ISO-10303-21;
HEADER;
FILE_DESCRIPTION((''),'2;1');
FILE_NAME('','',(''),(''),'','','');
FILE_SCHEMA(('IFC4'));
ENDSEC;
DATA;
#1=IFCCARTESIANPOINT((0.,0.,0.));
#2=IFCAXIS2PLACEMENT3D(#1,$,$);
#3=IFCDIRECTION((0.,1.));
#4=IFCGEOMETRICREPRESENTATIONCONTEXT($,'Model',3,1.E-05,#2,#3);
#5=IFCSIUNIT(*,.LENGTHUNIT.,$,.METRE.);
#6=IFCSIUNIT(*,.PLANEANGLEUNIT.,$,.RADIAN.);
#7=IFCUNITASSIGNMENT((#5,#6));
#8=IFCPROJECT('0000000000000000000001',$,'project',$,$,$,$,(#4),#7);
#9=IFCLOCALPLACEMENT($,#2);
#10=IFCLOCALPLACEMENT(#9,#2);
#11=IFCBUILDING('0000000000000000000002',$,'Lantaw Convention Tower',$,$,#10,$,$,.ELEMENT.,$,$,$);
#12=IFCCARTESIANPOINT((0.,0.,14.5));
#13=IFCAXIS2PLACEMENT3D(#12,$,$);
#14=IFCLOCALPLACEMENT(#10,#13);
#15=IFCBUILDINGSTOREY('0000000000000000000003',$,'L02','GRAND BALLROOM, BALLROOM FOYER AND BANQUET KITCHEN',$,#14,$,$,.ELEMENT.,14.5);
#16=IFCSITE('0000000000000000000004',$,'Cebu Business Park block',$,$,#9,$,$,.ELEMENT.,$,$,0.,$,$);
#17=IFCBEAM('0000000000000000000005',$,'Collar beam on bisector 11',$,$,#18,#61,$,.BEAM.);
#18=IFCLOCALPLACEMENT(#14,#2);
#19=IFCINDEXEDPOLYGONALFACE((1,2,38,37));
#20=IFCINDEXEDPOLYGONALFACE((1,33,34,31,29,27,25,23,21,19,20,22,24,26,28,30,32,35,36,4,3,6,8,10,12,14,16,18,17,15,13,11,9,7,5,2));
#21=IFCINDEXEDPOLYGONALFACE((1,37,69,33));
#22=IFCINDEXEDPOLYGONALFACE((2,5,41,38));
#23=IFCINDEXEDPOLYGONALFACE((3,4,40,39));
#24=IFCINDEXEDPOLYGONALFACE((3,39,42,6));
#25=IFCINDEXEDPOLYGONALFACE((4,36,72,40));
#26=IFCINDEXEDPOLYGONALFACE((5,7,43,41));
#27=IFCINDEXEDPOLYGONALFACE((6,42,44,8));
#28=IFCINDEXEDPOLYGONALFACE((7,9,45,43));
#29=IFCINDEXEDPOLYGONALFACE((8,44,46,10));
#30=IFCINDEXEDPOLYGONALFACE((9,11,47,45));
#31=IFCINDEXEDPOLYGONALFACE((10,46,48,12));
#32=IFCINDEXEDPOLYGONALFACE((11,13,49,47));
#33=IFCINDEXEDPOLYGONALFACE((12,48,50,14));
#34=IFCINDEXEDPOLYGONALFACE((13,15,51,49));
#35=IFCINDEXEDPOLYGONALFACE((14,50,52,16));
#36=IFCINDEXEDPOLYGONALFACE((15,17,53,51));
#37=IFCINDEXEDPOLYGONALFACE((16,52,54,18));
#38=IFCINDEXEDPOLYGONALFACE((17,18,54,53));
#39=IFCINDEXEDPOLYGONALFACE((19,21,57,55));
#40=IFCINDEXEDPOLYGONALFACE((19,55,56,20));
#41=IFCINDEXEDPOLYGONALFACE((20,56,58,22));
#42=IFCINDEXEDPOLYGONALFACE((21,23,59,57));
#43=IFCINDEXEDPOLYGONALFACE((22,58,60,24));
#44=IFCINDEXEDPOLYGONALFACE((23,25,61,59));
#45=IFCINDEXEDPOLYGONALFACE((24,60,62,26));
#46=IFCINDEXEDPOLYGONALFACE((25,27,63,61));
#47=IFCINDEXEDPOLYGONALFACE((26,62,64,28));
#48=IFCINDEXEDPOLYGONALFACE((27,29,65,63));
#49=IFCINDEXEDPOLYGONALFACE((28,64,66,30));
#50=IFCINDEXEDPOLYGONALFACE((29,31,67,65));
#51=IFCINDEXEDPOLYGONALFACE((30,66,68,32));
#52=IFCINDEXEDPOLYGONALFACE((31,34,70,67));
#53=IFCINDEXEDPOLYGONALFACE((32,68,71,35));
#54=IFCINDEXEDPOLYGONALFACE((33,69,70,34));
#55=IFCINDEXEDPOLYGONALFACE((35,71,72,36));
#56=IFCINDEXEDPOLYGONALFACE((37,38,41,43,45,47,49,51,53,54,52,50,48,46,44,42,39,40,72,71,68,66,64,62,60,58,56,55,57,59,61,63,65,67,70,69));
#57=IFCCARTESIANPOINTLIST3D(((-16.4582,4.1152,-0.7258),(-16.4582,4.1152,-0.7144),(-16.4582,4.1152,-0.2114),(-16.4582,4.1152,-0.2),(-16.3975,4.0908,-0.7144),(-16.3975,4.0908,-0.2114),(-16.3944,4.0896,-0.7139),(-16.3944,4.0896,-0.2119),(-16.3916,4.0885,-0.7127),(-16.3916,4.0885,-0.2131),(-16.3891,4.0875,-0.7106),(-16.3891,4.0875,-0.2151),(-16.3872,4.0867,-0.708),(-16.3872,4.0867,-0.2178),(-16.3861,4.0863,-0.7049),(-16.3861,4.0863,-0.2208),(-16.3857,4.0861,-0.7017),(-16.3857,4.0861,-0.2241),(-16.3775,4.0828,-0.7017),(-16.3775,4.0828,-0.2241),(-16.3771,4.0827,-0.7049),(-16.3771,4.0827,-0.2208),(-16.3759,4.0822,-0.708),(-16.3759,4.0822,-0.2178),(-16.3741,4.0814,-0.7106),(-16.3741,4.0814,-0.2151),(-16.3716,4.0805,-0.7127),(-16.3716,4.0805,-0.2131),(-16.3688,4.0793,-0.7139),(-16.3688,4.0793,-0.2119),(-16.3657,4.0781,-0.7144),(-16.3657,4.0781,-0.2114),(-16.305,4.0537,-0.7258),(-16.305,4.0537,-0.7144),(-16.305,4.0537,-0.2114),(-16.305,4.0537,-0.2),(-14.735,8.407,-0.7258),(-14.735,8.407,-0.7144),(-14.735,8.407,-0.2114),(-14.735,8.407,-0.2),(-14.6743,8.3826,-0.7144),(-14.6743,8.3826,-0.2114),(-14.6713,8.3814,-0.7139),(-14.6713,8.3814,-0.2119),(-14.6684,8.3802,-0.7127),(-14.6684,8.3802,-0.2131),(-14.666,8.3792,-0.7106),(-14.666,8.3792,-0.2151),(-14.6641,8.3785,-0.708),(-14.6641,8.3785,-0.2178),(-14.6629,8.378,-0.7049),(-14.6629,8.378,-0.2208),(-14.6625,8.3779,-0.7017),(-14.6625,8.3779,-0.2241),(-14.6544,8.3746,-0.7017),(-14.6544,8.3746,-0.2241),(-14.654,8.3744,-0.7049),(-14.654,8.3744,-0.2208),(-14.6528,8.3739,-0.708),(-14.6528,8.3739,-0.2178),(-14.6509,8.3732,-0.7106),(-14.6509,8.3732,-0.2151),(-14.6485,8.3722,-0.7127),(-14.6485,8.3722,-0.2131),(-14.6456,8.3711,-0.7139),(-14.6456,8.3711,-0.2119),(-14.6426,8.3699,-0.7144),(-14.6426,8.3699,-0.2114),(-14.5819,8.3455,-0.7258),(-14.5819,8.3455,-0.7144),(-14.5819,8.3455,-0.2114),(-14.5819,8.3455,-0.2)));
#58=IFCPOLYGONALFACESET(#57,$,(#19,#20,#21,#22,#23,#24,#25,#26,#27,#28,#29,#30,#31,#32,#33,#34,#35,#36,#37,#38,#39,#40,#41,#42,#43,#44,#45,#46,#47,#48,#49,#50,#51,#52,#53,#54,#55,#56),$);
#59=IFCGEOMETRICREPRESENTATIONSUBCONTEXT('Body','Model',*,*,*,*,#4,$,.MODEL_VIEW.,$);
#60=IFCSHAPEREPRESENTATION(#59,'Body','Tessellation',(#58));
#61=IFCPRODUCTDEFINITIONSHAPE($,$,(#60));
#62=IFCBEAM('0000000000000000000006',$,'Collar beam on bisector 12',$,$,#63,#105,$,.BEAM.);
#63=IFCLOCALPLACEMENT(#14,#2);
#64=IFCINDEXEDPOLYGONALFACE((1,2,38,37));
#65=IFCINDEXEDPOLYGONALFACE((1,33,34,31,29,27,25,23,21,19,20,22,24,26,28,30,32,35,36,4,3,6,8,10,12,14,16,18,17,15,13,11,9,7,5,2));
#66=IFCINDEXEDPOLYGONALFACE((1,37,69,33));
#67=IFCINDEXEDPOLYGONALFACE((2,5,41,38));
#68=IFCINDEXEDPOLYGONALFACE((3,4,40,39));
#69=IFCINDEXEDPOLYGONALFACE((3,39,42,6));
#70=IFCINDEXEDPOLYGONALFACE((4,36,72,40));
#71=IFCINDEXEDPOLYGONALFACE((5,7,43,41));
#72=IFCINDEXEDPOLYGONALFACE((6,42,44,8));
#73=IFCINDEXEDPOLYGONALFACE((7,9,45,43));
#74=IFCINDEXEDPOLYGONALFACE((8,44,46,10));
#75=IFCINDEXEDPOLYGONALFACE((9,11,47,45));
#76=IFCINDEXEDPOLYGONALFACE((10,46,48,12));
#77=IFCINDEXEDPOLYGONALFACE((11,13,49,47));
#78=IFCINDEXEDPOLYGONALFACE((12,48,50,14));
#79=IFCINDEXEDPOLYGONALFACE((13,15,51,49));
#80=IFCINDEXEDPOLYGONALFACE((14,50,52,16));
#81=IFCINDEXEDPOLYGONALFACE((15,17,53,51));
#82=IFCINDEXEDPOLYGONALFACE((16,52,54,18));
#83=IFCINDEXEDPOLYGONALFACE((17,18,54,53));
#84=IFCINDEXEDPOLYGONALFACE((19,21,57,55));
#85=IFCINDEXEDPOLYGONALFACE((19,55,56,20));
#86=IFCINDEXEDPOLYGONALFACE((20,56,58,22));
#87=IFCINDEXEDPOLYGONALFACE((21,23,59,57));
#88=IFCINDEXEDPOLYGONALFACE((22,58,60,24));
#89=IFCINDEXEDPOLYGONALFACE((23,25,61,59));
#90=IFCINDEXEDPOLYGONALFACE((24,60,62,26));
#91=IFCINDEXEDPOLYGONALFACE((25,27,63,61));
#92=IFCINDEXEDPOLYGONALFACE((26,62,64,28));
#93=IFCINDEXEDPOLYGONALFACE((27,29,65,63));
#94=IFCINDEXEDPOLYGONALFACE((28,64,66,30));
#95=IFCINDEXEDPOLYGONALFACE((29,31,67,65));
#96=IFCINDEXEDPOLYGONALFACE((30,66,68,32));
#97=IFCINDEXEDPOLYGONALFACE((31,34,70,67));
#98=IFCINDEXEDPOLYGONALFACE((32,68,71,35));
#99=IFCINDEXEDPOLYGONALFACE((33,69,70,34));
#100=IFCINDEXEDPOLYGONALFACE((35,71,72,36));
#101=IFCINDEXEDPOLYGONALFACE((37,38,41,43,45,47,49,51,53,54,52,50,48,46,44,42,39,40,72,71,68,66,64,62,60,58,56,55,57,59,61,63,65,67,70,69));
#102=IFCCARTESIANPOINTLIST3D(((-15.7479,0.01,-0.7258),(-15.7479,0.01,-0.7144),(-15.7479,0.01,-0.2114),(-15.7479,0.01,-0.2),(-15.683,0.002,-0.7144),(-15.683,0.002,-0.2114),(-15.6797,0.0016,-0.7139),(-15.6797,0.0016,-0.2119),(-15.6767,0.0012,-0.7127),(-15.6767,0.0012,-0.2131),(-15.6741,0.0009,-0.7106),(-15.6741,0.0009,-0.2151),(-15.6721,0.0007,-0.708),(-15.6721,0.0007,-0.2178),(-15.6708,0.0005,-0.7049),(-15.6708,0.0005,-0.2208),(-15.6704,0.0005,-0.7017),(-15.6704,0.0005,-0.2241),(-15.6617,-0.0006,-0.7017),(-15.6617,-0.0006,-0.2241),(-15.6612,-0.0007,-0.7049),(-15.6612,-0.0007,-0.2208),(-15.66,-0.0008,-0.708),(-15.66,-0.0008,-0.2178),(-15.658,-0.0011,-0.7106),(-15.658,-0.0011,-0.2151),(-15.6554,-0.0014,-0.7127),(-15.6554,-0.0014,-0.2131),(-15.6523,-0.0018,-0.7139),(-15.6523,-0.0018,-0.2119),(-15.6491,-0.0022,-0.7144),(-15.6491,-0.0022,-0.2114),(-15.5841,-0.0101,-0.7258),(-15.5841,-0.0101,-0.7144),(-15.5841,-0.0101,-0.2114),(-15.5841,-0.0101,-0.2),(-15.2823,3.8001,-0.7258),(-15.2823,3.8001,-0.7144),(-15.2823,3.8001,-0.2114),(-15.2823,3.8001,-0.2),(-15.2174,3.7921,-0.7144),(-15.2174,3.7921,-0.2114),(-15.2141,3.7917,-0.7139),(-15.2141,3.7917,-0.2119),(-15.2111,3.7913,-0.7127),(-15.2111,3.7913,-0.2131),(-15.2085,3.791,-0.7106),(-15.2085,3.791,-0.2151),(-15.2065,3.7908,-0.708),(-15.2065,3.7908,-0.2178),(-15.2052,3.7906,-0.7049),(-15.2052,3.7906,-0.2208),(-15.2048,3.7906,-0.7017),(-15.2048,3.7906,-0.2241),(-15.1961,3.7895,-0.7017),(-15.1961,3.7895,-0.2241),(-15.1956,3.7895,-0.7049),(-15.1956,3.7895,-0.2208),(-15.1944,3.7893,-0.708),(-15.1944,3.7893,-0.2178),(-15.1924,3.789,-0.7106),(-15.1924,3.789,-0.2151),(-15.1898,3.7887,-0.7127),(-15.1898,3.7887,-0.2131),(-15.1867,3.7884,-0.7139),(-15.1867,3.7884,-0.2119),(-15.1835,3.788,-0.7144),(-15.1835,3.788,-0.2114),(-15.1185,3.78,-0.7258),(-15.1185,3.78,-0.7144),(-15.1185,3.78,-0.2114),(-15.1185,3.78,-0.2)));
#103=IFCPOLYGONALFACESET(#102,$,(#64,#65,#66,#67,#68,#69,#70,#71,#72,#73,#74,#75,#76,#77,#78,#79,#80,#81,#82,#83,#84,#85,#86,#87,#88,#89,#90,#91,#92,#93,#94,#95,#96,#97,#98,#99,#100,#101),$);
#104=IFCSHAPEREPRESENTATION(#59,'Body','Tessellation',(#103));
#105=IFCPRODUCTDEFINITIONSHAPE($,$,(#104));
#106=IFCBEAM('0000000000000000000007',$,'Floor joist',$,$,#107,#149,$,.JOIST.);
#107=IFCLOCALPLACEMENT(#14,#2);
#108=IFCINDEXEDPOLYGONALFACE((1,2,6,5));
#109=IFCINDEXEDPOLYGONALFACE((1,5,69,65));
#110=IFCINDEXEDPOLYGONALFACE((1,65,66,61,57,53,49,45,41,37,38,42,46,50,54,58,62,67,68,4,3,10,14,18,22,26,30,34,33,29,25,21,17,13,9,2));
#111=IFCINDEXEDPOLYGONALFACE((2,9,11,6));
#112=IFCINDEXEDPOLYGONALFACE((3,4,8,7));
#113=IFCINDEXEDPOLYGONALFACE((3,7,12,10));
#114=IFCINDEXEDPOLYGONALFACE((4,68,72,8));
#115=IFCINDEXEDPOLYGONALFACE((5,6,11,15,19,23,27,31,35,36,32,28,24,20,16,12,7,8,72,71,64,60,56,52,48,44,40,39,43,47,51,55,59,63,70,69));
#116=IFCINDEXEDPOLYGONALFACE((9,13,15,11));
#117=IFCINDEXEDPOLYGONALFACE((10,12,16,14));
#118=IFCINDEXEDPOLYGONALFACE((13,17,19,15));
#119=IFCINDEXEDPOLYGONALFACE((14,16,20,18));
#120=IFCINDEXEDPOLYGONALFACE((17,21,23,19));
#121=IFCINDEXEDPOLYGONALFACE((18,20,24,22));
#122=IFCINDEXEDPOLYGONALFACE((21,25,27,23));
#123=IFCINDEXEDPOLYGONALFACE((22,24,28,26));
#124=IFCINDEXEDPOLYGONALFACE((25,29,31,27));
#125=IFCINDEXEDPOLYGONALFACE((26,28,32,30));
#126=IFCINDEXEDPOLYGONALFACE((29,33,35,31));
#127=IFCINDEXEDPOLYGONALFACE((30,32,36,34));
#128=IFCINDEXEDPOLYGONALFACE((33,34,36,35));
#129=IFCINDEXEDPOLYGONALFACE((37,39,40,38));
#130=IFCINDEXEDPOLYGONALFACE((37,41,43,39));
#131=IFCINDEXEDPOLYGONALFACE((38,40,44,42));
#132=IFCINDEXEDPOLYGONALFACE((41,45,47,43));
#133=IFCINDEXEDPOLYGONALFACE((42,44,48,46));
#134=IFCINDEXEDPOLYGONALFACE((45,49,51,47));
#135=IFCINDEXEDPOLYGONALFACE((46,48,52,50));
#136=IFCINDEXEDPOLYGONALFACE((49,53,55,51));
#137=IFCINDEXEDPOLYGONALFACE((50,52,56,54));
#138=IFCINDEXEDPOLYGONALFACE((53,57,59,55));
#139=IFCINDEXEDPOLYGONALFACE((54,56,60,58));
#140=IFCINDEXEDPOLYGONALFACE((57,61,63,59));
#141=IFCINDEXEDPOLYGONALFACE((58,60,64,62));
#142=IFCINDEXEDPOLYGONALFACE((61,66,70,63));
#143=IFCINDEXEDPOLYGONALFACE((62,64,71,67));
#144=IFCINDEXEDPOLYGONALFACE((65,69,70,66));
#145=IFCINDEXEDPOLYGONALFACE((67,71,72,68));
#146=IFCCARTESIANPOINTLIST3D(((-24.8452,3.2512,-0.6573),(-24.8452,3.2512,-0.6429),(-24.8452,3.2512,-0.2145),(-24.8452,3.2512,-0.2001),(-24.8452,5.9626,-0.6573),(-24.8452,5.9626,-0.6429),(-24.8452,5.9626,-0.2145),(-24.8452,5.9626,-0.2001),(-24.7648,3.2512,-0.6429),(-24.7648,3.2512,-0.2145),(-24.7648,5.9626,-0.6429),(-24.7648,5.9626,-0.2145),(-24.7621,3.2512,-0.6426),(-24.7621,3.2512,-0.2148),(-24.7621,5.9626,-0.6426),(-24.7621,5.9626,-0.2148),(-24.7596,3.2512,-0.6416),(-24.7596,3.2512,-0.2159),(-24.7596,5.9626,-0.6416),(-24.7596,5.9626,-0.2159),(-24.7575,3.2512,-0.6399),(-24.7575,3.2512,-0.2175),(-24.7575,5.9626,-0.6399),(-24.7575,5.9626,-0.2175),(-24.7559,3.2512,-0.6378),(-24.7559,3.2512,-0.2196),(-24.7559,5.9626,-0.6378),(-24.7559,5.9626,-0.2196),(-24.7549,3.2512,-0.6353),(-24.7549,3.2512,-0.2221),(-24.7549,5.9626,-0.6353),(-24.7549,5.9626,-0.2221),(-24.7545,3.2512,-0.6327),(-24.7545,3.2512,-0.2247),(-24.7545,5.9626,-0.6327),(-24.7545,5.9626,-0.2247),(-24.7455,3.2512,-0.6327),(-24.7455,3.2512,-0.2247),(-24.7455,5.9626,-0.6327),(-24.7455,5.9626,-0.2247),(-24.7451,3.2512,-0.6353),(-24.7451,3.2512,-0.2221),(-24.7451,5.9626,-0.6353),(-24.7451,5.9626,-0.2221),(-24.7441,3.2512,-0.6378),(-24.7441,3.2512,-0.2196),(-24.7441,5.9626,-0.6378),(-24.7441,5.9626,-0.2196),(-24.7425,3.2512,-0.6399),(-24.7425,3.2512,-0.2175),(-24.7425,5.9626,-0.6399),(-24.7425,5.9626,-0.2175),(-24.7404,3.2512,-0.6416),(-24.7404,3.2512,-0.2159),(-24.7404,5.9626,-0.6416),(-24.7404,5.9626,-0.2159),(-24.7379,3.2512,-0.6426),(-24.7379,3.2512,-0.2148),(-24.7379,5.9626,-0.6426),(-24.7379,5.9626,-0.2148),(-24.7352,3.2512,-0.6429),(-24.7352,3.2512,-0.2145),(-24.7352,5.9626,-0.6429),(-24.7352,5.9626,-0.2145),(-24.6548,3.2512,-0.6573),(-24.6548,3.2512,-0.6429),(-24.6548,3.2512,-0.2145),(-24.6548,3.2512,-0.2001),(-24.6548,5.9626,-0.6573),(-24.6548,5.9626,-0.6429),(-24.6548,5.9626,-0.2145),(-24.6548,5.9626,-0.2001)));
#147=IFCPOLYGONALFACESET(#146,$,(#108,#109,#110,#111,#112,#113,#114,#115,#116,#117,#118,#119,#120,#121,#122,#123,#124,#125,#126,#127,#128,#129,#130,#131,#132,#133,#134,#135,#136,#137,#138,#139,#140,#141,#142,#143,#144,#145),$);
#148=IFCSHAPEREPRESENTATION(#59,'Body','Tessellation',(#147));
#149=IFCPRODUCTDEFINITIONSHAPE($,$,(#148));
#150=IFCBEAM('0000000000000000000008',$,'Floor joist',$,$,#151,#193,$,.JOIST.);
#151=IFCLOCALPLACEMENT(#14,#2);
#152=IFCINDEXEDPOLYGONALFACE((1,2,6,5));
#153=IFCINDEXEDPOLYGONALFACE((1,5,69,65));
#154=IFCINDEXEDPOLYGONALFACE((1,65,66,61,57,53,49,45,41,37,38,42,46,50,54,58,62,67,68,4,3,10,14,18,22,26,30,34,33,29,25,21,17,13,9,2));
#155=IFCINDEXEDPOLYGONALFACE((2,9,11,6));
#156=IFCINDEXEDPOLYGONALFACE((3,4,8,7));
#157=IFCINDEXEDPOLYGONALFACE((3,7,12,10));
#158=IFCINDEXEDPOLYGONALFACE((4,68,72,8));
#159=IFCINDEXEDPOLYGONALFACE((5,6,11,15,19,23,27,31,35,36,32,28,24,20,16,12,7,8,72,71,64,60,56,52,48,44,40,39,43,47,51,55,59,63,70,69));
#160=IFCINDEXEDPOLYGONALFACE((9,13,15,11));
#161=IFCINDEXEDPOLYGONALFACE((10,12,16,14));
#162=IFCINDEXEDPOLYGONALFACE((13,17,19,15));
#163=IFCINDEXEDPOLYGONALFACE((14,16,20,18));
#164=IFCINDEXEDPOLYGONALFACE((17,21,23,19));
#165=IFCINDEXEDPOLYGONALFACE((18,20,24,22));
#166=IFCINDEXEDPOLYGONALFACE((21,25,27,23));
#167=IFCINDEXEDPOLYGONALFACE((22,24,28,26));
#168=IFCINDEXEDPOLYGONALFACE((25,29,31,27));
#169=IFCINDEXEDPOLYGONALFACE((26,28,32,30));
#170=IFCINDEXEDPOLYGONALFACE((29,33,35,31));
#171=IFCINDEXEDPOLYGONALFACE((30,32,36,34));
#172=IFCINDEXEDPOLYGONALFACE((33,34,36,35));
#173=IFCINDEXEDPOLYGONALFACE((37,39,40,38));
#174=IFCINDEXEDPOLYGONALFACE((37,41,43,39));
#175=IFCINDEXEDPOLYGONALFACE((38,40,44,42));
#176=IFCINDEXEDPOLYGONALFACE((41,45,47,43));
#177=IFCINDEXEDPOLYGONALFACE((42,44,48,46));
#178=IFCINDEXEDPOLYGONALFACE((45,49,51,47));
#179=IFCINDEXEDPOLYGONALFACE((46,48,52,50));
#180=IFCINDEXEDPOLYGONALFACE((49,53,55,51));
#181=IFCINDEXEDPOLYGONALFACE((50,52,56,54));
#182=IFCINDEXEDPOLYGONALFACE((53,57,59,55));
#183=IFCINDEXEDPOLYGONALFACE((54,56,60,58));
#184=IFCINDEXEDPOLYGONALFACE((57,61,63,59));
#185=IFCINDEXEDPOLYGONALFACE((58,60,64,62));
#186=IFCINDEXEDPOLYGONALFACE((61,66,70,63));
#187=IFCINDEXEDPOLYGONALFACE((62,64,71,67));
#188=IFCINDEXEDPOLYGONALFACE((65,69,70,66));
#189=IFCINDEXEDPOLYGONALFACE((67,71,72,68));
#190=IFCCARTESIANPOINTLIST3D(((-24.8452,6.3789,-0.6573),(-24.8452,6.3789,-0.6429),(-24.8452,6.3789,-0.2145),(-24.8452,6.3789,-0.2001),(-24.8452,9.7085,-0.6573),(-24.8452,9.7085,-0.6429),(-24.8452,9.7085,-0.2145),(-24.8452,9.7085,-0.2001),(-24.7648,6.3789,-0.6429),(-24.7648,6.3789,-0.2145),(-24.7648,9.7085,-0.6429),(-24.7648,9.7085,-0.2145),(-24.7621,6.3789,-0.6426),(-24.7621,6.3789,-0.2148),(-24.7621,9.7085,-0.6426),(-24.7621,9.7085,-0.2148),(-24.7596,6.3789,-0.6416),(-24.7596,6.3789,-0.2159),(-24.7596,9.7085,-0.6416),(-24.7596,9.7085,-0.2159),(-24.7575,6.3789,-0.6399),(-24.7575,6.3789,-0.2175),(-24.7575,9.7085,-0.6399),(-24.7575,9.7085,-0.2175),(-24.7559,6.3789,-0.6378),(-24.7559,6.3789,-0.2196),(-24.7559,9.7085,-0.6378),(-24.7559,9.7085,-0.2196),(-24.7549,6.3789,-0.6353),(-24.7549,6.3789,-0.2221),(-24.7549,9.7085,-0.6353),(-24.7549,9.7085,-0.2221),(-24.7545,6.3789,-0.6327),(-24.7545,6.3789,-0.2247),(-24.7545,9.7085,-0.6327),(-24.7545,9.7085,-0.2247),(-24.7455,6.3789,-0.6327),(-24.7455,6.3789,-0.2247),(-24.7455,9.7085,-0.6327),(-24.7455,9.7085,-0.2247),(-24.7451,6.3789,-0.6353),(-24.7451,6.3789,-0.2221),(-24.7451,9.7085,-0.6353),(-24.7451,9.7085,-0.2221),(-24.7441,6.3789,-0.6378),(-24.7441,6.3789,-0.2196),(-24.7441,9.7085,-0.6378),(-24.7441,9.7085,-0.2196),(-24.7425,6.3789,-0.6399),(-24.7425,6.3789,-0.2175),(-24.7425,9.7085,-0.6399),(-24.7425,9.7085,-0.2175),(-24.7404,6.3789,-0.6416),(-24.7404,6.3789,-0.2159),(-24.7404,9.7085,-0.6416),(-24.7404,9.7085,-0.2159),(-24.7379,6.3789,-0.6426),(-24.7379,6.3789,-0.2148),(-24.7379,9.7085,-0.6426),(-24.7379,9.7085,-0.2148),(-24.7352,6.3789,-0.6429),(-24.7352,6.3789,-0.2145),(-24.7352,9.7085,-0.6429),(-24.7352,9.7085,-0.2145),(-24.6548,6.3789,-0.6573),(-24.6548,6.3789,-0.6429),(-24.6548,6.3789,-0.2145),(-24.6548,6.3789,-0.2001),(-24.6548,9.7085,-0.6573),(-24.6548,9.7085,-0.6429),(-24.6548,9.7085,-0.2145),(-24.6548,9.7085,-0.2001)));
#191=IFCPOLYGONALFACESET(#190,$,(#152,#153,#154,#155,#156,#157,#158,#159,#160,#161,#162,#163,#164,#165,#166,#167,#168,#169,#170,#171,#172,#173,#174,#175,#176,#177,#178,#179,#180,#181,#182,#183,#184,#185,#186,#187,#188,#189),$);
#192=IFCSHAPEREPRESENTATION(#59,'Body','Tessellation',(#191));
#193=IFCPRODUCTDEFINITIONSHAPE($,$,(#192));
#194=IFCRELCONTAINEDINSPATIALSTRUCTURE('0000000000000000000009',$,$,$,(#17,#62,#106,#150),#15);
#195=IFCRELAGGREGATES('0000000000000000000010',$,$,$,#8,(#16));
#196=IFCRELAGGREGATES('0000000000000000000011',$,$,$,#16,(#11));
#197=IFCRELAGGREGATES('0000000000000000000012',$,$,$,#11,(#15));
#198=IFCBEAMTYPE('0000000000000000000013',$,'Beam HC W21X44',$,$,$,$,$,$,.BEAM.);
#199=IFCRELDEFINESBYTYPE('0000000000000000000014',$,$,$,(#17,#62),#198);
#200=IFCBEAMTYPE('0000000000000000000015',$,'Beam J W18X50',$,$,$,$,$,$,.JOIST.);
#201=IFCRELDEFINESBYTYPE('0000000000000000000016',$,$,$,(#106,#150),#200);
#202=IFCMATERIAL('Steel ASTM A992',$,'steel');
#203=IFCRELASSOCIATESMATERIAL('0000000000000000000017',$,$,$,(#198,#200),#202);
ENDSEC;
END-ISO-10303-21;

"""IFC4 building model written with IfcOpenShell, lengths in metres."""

from ifc_helpers import new_model, si_unit, direction, frame, origin, origin_2d, place, context, subcontext, project, spatial, i_section, extrude, material, material_profile, profile_set, type_object, element, save


model = new_model("IFC4")

# Units and contexts
model_context = context("Model", 3, precision=1e-05, world=origin(), true_north=direction((0.0, 1.0)))
body_context = subcontext(model_context, "Body", "Model", "MODEL_VIEW")
ifc_project = project(units=[si_unit("LENGTHUNIT", "METRE"), si_unit("PLANEANGLEUNIT", "RADIAN")], contexts=[model_context])

# Site, building, storey
site_placement = place(None, origin())
site = spatial("IfcSite", under=ifc_project, at=site_placement, Name="Cebu Business Park block", CompositionType="ELEMENT", RefElevation=0.0)
building_placement = place(site_placement, origin())
building = spatial("IfcBuilding", under=site, at=building_placement, Name="Lantaw Convention Tower", CompositionType="ELEMENT")
storey_placement = place(building_placement, frame((0.0, 0.0, 14.5)))
storey = spatial("IfcBuildingStorey", under=building, at=storey_placement, Name="L02", Description="GRAND BALLROOM, BALLROOM FOYER AND BANQUET KITCHEN", CompositionType="ELEMENT", Elevation=14.5)

# Beams
ifc_material_1 = material(Name="Steel ASTM A992", Category="steel")
ifc_material_profile_1 = material_profile(ifc_material_1, i_section(OverallWidth=0.165, OverallDepth=0.5259, WebThickness=0.0088, FlangeThickness=0.0115, FilletRadius=0.0127, at=origin_2d()), Name="W21X44")
ifc_profile_set_1 = profile_set([ifc_material_profile_1], Name="Steel ASTM A992")
beam_type_1 = type_object("IfcBeamType", Name="Beam HC W21X44", PredefinedType="BEAM", material=ifc_profile_set_1)
beam_1_placement = place(storey_placement, frame((-14.6584, 8.3762, -0.4629), z_axis=(-0.372592, -0.927995, 0.0), x_axis=(0.927995, -0.372592, 0.0)))
element("IfcBeam", 1, at=beam_1_placement, inside=storey, type_object=beam_type_1, Name="Collar beam on bisector 11", PredefinedType="BEAM", context=body_context, shape_type="SweptSolid", body=[
    extrude(i_section(OverallWidth=0.165, OverallDepth=0.5259, WebThickness=0.0088, FlangeThickness=0.0115, FilletRadius=0.0127, at=origin_2d()), origin(), (0.0, 0.0, 1.0), 4.6248),
])
beam_2_placement = place(storey_placement, frame((-15.2004, 3.79, -0.4629), z_axis=(-0.121926, -0.992539, 0.0), x_axis=(0.992539, -0.121926, 0.0)))
element("IfcBeam", 2, at=beam_2_placement, inside=storey, type_object=beam_type_1, Name="Collar beam on bisector 12", PredefinedType="BEAM", context=body_context, shape_type="SweptSolid", body=[
    extrude(i_section(OverallWidth=0.165, OverallDepth=0.5259, WebThickness=0.0088, FlangeThickness=0.0115, FilletRadius=0.0127, at=origin_2d()), origin(), (0.0, 0.0, 1.0), 3.8186),
])
ifc_material_profile_2 = material_profile(ifc_material_1, i_section(OverallWidth=0.1904, OverallDepth=0.4573, WebThickness=0.009, FlangeThickness=0.0144, FilletRadius=0.0103, at=origin_2d()), Name="W18X50")
ifc_profile_set_2 = profile_set([ifc_material_profile_2], Name="Steel ASTM A992")
beam_type_2 = type_object("IfcBeamType", Name="Beam J W18X50", PredefinedType="JOIST", material=ifc_profile_set_2)
beam_3_placement = place(storey_placement, frame((-24.75, 3.2512, -0.4287), z_axis=(0.0, 1.0, 0.0), x_axis=(-1.0, 0.0, 0.0)))
element("IfcBeam", 3, at=beam_3_placement, inside=storey, type_object=beam_type_2, Name="Floor joist", PredefinedType="JOIST", context=body_context, shape_type="SweptSolid", body=[
    extrude(i_section(OverallWidth=0.1904, OverallDepth=0.4573, WebThickness=0.009, FlangeThickness=0.0144, FilletRadius=0.0103, at=origin_2d()), origin(), (0.0, 0.0, 1.0), 2.7114),
])
beam_4_placement = place(storey_placement, frame((-24.75, 6.3789, -0.4287), z_axis=(0.0, 1.0, 0.0), x_axis=(-1.0, 0.0, 0.0)))
element("IfcBeam", 4, at=beam_4_placement, inside=storey, type_object=beam_type_2, Name="Floor joist", PredefinedType="JOIST", context=body_context, shape_type="SweptSolid", body=[
    extrude(i_section(OverallWidth=0.1904, OverallDepth=0.4573, WebThickness=0.009, FlangeThickness=0.0144, FilletRadius=0.0103, at=origin_2d()), origin(), (0.0, 0.0, 1.0), 3.3296),
])

save(model, "model.ifc")
